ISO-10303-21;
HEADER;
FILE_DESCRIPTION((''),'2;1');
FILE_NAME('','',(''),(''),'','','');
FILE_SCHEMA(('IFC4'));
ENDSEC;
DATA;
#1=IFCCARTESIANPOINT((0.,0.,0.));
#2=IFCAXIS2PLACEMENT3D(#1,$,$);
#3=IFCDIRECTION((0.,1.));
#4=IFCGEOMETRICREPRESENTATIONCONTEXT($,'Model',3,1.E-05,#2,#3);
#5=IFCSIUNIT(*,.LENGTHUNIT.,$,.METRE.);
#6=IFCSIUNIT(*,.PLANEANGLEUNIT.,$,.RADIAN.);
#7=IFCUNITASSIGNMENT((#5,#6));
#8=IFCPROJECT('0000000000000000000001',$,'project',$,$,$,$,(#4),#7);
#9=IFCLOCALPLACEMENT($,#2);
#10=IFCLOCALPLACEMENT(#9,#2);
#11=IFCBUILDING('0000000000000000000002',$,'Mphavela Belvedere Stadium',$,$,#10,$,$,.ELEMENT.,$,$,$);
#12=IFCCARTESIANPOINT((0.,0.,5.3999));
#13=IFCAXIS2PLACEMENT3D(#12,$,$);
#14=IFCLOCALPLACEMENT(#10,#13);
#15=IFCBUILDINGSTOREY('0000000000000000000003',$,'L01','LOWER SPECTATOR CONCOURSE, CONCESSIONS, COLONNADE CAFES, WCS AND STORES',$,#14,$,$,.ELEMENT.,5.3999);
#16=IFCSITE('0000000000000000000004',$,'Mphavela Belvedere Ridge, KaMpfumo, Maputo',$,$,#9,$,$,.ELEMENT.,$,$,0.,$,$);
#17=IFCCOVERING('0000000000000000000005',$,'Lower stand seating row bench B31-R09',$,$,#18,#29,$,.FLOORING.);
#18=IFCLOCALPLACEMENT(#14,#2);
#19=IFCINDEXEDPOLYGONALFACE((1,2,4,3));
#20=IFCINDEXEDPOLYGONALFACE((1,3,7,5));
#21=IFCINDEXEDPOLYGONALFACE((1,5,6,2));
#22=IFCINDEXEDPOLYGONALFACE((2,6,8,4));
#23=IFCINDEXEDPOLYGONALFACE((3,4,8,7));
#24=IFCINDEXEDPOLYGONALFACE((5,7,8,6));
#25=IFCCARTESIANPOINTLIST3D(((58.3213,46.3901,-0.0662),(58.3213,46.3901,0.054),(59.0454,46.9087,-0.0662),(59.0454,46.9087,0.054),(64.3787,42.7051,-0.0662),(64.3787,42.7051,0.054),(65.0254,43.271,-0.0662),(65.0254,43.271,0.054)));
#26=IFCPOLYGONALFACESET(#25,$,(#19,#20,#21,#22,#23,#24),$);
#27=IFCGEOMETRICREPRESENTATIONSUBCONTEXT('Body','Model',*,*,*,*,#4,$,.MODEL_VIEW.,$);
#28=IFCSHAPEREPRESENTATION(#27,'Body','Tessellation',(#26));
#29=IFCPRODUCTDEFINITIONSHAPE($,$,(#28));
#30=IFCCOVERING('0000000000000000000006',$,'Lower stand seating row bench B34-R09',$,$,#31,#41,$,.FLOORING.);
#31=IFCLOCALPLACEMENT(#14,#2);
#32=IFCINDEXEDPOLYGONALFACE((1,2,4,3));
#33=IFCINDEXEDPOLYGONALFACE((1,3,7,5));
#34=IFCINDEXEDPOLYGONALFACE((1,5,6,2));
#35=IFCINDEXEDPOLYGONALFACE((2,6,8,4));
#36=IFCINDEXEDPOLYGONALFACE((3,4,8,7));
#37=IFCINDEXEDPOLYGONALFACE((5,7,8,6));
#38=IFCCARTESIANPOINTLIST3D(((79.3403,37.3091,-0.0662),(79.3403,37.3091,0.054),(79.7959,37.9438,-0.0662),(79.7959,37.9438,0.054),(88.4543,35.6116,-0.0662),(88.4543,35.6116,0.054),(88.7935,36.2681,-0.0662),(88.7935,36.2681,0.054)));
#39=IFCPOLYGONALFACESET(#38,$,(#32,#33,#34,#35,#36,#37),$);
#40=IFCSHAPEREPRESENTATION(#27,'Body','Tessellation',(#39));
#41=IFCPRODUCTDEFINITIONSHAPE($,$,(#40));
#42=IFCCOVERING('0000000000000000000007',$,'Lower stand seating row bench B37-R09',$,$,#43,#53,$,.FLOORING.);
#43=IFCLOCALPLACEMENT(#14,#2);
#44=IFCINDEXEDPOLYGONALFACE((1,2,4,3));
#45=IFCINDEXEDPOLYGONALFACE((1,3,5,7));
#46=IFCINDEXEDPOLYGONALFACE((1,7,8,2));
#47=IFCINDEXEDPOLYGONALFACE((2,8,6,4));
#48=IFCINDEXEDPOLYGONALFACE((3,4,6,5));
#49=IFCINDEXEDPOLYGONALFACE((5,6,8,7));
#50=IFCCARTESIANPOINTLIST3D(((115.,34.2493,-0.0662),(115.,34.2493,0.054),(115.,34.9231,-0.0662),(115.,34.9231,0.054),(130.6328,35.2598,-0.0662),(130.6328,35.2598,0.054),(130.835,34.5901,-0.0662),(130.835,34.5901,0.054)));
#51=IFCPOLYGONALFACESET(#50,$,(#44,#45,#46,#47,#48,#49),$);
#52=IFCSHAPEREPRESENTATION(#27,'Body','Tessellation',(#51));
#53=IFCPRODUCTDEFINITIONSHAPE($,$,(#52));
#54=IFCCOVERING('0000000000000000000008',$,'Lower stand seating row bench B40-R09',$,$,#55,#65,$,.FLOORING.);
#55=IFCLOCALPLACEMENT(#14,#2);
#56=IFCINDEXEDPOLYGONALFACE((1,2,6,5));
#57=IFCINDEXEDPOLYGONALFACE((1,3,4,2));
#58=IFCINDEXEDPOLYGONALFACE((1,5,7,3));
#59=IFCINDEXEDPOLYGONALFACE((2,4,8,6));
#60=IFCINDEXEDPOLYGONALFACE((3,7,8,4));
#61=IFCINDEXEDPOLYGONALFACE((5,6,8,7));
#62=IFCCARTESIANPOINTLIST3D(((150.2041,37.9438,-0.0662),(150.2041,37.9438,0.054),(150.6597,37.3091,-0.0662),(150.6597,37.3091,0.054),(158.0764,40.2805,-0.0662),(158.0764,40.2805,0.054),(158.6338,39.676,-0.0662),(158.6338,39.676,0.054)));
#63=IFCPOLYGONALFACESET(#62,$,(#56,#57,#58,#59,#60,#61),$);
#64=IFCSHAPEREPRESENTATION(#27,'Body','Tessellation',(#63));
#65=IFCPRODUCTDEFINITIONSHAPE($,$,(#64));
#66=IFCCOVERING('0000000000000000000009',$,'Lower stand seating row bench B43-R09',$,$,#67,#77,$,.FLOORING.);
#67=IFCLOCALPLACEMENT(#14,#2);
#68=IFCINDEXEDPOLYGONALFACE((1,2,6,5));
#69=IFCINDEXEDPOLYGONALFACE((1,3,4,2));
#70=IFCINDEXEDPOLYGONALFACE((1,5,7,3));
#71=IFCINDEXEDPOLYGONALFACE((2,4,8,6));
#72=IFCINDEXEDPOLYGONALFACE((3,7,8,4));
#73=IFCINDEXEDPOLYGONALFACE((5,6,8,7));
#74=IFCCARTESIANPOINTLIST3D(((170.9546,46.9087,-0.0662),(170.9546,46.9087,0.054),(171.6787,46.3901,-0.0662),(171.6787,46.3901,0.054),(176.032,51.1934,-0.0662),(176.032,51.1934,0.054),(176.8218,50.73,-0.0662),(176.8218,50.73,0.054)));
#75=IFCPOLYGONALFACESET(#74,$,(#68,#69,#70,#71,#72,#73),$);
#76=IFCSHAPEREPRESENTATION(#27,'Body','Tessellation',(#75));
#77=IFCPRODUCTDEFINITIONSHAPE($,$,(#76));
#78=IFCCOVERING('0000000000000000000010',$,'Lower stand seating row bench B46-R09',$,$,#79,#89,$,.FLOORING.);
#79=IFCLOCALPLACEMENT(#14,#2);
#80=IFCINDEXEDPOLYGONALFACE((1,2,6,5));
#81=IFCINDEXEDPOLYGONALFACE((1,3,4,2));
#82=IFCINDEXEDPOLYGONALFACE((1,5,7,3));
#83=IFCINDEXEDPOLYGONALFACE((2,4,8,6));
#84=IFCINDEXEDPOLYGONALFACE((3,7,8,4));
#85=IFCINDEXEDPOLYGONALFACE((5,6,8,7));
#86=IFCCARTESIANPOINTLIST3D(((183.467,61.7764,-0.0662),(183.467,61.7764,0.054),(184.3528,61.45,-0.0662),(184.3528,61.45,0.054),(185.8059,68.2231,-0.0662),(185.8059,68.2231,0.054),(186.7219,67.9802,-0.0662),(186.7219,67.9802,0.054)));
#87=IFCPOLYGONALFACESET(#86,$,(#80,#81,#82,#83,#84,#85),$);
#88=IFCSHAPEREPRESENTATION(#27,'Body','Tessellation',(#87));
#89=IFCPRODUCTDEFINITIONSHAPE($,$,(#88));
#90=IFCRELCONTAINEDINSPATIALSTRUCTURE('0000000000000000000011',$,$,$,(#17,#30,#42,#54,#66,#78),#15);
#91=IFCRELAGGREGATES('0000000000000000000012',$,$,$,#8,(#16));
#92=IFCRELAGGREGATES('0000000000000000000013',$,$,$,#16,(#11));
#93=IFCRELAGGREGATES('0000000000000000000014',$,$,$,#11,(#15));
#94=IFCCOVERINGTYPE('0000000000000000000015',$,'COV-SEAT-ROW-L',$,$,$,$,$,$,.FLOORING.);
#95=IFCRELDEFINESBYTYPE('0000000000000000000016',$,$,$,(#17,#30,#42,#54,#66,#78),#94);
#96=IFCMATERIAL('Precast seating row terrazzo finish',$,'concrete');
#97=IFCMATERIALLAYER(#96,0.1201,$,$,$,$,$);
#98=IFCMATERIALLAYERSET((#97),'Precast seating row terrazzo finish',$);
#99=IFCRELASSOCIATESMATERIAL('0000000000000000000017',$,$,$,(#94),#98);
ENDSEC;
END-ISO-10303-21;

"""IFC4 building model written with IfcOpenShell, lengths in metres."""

from ifc_helpers import new_model, si_unit, direction, frame, origin, place, context, subcontext, project, spatial, polyline, outline, extrude, material, layer, layer_set, type_object, element, save


model = new_model("IFC4")

# Units and contexts
model_context = context("Model", 3, precision=1e-05, world=origin(), true_north=direction((0.0, 1.0)))
body_context = subcontext(model_context, "Body", "Model", "MODEL_VIEW")
ifc_project = project(units=[si_unit("LENGTHUNIT", "METRE"), si_unit("PLANEANGLEUNIT", "RADIAN")], contexts=[model_context])

# Site, building, storey
site_placement = place(None, origin())
site = spatial("IfcSite", under=ifc_project, at=site_placement, Name="Mphavela Belvedere Ridge, KaMpfumo, Maputo", CompositionType="ELEMENT", RefElevation=0.0)
building_placement = place(site_placement, origin())
building = spatial("IfcBuilding", under=site, at=building_placement, Name="Mphavela Belvedere Stadium", CompositionType="ELEMENT")
storey_placement = place(building_placement, frame((0.0, 0.0, 5.3999)))
storey = spatial("IfcBuildingStorey", under=building, at=storey_placement, Name="L01", Description="LOWER SPECTATOR CONCOURSE, CONCESSIONS, COLONNADE CAFES, WCS AND STORES", CompositionType="ELEMENT", Elevation=5.3999)

# Coverings
ifc_material_1 = material(Name="Precast seating row terrazzo finish", Category="concrete")
ifc_layer_1 = layer(ifc_material_1, 0.1201)
ifc_layer_set_1 = layer_set([ifc_layer_1], Name="Precast seating row terrazzo finish")
covering_type = type_object("IfcCoveringType", Name="COV-SEAT-ROW-L", PredefinedType="FLOORING", material=ifc_layer_set_1)
covering_1_placement = place(storey_placement, frame((0.0, 0.0, -0.0662)))
element("IfcCovering", 1, at=covering_1_placement, inside=storey, type_object=covering_type, Name="Lower stand seating row bench B31-R09", PredefinedType="FLOORING", context=body_context, shape_type="SweptSolid", body=[
    extrude(outline(polyline([(59.0454, 46.9087), (65.0254, 43.271), (64.3787, 42.7051), (58.3213, 46.3901), (59.0454, 46.9087)])), origin(), (0.0, 0.0, 1.0), 0.1201),
])
covering_2_placement = place(storey_placement, frame((0.0, 0.0, -0.0662)))
element("IfcCovering", 2, at=covering_2_placement, inside=storey, type_object=covering_type, Name="Lower stand seating row bench B34-R09", PredefinedType="FLOORING", context=body_context, shape_type="SweptSolid", body=[
    extrude(outline(polyline([(79.7959, 37.9438), (88.7935, 36.2681), (88.4543, 35.6116), (79.3403, 37.3091), (79.7959, 37.9438)])), origin(), (0.0, 0.0, 1.0), 0.1201),
])
covering_3_placement = place(storey_placement, frame((0.0, 0.0, -0.0662)))
element("IfcCovering", 3, at=covering_3_placement, inside=storey, type_object=covering_type, Name="Lower stand seating row bench B37-R09", PredefinedType="FLOORING", context=body_context, shape_type="SweptSolid", body=[
    extrude(outline(polyline([(115.0, 34.9231), (130.6328, 35.2598), (130.835, 34.5901), (115.0, 34.2493), (115.0, 34.9231)])), origin(), (0.0, 0.0, 1.0), 0.1201),
])
covering_4_placement = place(storey_placement, frame((0.0, 0.0, -0.0662)))
element("IfcCovering", 4, at=covering_4_placement, inside=storey, type_object=covering_type, Name="Lower stand seating row bench B40-R09", PredefinedType="FLOORING", context=body_context, shape_type="SweptSolid", body=[
    extrude(outline(polyline([(150.2041, 37.9438), (158.0764, 40.2805), (158.6338, 39.676), (150.6597, 37.3091), (150.2041, 37.9438)])), origin(), (0.0, 0.0, 1.0), 0.1201),
])
covering_5_placement = place(storey_placement, frame((0.0, 0.0, -0.0662)))
element("IfcCovering", 5, at=covering_5_placement, inside=storey, type_object=covering_type, Name="Lower stand seating row bench B43-R09", PredefinedType="FLOORING", context=body_context, shape_type="SweptSolid", body=[
    extrude(outline(polyline([(170.9546, 46.9087), (176.032, 51.1934), (176.8218, 50.73), (171.6787, 46.3901), (170.9546, 46.9087)])), origin(), (0.0, 0.0, 1.0), 0.1201),
])
covering_6_placement = place(storey_placement, frame((0.0, 0.0, -0.0662)))
element("IfcCovering", 6, at=covering_6_placement, inside=storey, type_object=covering_type, Name="Lower stand seating row bench B46-R09", PredefinedType="FLOORING", context=body_context, shape_type="SweptSolid", body=[
    extrude(outline(polyline([(183.467, 61.7764), (185.8059, 68.2231), (186.7219, 67.9802), (184.3528, 61.45), (183.467, 61.7764)])), origin(), (0.0, 0.0, 1.0), 0.1201),
])

save(model, "model.ifc")
